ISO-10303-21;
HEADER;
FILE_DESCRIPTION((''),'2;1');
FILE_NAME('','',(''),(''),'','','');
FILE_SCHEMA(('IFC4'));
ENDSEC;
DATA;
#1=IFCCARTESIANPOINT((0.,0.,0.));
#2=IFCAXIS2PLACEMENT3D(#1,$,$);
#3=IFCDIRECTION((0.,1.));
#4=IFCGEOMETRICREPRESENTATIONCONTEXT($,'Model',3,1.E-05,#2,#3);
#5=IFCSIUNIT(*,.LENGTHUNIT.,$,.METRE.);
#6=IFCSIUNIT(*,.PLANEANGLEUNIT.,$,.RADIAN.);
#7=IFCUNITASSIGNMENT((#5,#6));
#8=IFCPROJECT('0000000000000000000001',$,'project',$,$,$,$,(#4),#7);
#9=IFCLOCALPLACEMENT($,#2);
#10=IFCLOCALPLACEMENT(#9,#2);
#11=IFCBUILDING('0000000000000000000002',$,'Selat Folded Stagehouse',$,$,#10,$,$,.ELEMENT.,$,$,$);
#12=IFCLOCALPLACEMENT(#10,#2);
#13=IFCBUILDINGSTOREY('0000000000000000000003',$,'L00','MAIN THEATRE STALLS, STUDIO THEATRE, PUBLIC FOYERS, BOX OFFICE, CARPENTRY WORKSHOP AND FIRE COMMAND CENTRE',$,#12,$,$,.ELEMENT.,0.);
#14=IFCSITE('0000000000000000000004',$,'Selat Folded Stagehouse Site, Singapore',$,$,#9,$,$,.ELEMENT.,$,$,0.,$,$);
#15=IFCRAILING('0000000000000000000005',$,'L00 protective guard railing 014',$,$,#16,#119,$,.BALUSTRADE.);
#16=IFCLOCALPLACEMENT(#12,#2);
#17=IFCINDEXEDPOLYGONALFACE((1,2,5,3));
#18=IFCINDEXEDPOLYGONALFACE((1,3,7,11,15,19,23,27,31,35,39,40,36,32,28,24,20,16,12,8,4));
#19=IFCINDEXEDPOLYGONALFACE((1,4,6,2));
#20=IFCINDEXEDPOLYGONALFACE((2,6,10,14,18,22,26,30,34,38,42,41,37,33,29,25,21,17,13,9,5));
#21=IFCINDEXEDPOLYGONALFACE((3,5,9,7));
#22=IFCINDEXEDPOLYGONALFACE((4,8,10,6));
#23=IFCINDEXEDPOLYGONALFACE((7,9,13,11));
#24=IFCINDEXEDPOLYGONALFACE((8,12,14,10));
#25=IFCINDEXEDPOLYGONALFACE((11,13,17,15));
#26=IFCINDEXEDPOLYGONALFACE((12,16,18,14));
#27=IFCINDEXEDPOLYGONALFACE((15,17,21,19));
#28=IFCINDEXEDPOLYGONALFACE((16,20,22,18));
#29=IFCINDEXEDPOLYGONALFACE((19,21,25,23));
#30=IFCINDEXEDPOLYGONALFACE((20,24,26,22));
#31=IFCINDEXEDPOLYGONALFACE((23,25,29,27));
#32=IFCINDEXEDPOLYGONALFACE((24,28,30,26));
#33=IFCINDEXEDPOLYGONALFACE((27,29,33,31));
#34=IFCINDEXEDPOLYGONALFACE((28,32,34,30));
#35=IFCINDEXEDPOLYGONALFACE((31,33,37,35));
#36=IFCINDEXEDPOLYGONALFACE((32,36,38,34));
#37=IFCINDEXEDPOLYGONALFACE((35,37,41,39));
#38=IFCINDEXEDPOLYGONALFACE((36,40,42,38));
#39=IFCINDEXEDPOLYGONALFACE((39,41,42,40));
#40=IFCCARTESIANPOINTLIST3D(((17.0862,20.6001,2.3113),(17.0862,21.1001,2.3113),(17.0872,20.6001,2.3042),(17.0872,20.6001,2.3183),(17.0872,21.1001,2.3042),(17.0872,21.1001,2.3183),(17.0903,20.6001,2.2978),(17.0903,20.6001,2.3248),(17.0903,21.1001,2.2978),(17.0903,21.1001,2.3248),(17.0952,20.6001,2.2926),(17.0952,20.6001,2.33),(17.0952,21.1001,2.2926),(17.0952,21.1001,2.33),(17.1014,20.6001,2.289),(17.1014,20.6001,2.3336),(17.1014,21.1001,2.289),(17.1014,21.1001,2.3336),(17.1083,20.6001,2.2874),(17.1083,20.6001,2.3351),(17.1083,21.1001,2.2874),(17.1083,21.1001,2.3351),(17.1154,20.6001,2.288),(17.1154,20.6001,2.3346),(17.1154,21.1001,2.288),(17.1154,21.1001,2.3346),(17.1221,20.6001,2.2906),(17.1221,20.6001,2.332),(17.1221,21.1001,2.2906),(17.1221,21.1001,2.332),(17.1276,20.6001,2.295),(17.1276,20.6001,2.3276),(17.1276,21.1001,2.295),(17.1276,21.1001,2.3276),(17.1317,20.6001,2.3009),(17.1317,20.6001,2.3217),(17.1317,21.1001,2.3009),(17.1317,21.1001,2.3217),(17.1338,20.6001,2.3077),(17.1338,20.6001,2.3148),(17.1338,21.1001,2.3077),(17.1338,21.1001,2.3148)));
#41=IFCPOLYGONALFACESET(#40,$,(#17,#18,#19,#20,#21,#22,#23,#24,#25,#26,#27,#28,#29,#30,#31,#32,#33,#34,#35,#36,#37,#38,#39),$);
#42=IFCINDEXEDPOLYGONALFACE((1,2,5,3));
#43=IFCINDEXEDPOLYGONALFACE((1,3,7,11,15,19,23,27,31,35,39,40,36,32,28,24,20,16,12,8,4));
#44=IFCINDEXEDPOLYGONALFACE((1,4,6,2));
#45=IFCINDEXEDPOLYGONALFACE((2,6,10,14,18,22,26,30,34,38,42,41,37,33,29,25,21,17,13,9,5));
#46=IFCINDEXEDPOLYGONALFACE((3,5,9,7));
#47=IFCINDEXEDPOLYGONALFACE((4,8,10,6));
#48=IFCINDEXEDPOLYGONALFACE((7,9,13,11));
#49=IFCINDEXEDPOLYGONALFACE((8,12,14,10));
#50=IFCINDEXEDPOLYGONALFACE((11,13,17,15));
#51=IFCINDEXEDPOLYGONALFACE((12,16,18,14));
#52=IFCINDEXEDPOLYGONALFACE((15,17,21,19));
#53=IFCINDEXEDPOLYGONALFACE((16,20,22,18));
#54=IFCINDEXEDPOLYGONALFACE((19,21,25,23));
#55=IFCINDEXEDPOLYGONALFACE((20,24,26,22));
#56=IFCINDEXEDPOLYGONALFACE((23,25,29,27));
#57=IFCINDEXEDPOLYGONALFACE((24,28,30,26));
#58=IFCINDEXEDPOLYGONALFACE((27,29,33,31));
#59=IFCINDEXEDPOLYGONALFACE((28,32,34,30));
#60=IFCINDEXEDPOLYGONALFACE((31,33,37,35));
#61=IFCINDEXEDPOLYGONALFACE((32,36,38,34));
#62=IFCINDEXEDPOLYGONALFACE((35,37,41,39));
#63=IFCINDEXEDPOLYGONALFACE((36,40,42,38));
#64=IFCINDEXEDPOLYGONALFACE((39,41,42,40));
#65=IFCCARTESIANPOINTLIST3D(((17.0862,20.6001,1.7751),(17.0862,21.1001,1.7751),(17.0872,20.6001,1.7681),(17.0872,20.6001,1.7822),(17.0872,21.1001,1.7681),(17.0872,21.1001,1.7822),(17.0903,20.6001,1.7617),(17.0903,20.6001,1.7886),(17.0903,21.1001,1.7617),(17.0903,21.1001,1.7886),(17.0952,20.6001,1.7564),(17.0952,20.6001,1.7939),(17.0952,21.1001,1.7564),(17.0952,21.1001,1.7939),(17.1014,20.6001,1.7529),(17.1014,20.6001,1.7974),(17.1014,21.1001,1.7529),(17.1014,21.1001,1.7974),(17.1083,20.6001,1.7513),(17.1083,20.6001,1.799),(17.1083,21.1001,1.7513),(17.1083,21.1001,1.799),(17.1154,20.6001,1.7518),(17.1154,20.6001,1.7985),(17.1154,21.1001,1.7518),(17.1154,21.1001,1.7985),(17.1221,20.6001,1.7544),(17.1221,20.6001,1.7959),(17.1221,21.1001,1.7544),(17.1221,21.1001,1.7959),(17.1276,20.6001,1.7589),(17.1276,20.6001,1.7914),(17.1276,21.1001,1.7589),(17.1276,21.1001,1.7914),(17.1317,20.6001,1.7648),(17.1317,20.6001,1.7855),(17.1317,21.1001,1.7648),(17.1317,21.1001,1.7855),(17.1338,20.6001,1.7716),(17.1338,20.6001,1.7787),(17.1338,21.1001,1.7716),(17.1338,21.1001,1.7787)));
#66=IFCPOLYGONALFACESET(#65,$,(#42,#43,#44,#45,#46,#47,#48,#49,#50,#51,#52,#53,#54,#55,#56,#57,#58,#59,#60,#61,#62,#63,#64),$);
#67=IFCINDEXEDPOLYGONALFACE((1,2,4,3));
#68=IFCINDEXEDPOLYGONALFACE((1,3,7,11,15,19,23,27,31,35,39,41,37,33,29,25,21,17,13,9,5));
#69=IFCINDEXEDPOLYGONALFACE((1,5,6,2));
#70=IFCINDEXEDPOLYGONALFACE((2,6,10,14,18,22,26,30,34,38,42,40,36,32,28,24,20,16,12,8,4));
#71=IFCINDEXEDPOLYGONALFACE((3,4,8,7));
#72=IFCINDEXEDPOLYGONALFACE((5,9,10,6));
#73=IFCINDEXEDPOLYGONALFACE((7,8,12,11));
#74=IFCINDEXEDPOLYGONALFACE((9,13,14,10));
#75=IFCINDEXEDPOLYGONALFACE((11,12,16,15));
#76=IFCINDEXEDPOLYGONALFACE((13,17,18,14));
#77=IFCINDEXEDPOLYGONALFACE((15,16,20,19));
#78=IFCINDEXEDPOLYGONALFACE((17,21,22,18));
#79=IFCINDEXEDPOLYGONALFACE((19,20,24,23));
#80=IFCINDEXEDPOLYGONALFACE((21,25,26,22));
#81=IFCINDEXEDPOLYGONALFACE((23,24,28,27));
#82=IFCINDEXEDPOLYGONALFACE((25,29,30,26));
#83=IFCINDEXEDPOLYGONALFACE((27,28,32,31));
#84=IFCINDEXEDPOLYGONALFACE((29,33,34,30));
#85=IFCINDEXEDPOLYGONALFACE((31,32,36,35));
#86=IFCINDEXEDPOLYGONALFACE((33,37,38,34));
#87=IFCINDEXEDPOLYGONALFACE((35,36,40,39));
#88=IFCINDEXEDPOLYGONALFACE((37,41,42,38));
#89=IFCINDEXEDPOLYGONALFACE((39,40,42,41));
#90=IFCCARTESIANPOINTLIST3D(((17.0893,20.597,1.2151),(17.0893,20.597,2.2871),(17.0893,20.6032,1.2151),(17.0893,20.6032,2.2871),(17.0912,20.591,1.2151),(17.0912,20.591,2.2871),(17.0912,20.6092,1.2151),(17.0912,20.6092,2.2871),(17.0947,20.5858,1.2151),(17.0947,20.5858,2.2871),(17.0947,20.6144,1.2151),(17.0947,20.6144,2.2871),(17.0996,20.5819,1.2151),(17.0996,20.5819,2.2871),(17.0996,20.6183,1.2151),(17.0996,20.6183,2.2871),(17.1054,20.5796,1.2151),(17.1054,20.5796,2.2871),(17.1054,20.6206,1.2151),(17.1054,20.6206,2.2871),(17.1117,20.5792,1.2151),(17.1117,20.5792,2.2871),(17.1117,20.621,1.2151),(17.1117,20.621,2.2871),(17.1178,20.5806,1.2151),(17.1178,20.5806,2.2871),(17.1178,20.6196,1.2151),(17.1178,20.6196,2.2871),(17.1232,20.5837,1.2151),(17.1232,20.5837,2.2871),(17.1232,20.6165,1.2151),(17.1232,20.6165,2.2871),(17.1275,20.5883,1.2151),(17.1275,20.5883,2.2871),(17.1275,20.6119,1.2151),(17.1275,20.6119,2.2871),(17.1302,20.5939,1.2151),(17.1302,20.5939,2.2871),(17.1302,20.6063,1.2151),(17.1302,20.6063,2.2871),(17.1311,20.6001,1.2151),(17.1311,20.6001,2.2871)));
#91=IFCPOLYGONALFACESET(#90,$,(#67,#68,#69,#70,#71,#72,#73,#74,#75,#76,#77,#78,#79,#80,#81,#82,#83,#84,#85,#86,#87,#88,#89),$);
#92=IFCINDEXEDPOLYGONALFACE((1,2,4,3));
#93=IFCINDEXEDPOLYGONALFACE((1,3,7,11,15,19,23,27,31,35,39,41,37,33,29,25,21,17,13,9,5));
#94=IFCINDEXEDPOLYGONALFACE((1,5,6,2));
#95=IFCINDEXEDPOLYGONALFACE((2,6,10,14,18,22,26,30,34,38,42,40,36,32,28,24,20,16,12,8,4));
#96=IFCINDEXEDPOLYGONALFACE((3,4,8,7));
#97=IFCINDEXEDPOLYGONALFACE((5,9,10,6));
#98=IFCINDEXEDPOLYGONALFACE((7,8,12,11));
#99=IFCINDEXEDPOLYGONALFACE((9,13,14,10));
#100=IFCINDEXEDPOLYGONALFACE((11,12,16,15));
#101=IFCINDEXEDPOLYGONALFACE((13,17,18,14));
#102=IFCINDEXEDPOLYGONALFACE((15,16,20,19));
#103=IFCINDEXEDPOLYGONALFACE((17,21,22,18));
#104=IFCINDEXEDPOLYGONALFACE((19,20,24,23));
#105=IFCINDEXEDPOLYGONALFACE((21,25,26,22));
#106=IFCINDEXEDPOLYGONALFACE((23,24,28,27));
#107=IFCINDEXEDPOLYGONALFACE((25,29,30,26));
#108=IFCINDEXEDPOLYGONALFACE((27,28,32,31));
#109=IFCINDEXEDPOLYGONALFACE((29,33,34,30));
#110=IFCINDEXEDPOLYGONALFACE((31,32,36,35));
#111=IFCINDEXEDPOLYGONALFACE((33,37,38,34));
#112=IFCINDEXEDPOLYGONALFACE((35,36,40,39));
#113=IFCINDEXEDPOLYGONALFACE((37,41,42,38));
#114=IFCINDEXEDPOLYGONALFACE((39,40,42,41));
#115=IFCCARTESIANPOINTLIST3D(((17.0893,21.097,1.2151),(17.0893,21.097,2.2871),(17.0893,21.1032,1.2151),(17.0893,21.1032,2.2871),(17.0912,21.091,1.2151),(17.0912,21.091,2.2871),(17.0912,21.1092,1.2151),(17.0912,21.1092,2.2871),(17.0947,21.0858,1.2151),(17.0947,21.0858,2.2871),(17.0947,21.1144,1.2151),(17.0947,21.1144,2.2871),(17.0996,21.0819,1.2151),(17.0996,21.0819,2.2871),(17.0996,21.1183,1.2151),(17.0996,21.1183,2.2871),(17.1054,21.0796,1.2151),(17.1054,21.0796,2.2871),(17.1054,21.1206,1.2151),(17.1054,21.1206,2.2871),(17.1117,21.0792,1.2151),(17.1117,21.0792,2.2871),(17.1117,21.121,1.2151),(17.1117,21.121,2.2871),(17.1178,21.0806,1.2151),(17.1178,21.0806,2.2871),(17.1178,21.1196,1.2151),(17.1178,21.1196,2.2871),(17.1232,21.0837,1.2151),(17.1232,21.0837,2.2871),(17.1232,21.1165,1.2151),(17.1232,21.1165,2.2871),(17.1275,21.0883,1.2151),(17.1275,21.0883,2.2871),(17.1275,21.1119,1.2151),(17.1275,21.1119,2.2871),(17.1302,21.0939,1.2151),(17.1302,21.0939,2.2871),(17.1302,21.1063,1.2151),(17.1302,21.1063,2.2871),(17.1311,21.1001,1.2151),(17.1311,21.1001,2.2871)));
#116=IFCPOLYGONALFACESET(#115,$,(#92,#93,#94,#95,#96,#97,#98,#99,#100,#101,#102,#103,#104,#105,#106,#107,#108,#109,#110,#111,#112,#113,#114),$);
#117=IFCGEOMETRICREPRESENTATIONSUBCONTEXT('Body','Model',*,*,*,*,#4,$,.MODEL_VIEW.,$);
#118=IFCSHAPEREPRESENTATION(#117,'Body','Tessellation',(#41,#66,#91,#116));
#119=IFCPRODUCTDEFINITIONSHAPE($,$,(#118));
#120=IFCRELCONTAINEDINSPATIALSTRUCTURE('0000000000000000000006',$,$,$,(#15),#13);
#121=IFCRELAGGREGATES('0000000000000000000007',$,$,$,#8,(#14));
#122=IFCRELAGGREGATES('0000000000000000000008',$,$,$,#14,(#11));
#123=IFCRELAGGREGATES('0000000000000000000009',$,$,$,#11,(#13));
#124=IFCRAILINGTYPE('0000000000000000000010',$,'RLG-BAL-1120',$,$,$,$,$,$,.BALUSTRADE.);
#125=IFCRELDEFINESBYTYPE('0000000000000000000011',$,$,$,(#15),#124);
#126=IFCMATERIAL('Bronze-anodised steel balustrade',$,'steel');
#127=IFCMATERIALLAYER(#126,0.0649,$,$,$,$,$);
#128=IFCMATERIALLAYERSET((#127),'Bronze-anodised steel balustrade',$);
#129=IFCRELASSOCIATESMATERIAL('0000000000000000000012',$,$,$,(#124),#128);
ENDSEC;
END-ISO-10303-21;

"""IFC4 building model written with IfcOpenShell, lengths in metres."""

from ifc_helpers import new_model, si_unit, direction, frame, origin, origin_2d, place, context, subcontext, project, spatial, circle, extrude, material, layer, layer_set, type_object, element, save


model = new_model("IFC4")

# Units and contexts
model_context = context("Model", 3, precision=1e-05, world=origin(), true_north=direction((0.0, 1.0)))
body_context = subcontext(model_context, "Body", "Model", "MODEL_VIEW")
ifc_project = project(units=[si_unit("LENGTHUNIT", "METRE"), si_unit("PLANEANGLEUNIT", "RADIAN")], contexts=[model_context])

# Site, building, storey
site_placement = place(None, origin())
site = spatial("IfcSite", under=ifc_project, at=site_placement, Name="Selat Folded Stagehouse Site, Singapore", CompositionType="ELEMENT", RefElevation=0.0)
building_placement = place(site_placement, origin())
building = spatial("IfcBuilding", under=site, at=building_placement, Name="Selat Folded Stagehouse", CompositionType="ELEMENT")
storey_placement = place(building_placement, origin())
storey = spatial("IfcBuildingStorey", under=building, at=storey_placement, Name="L00", Description="MAIN THEATRE STALLS, STUDIO THEATRE, PUBLIC FOYERS, BOX OFFICE, CARPENTRY WORKSHOP AND FIRE COMMAND CENTRE", CompositionType="ELEMENT", Elevation=0.0)

# Railing
ifc_material_1 = material(Name="Bronze-anodised steel balustrade", Category="steel")
ifc_layer_1 = layer(ifc_material_1, 0.0649)
ifc_layer_set_1 = layer_set([ifc_layer_1], Name="Bronze-anodised steel balustrade")
railing_type_1 = type_object("IfcRailingType", Name="RLG-BAL-1120", PredefinedType="BALUSTRADE", material=ifc_layer_set_1)
railing_1_placement = place(storey_placement, frame((17.1101, 20.6001, 1.2151)))
element("IfcRailing", 1, at=railing_1_placement, inside=storey, type_object=railing_type_1, Name="L00 protective guard railing 014", PredefinedType="BALUSTRADE", context=body_context, shape_type="SweptSolid", body=[
    extrude(circle(Radius=0.0239, at=origin_2d()), frame((0.0, 0.0, 1.0962), z_axis=(0.0, 1.0, 0.0), x_axis=(-1.0, 0.0, 0.0)), (0.0, 0.0, 1.0), 0.5),
    extrude(circle(Radius=0.0239, at=origin_2d()), frame((0.0, 0.0, 0.5601), z_axis=(0.0, 1.0, 0.0), x_axis=(-1.0, 0.0, 0.0)), (0.0, 0.0, 1.0), 0.5),
    extrude(circle(Radius=0.021, at=origin_2d()), origin(), (0.0, 0.0, 1.0), 1.072),
    extrude(circle(Radius=0.021, at=origin_2d()), frame((0.0, 0.5, 0.0)), (0.0, 0.0, 1.0), 1.072),
])

save(model, "model.ifc")
